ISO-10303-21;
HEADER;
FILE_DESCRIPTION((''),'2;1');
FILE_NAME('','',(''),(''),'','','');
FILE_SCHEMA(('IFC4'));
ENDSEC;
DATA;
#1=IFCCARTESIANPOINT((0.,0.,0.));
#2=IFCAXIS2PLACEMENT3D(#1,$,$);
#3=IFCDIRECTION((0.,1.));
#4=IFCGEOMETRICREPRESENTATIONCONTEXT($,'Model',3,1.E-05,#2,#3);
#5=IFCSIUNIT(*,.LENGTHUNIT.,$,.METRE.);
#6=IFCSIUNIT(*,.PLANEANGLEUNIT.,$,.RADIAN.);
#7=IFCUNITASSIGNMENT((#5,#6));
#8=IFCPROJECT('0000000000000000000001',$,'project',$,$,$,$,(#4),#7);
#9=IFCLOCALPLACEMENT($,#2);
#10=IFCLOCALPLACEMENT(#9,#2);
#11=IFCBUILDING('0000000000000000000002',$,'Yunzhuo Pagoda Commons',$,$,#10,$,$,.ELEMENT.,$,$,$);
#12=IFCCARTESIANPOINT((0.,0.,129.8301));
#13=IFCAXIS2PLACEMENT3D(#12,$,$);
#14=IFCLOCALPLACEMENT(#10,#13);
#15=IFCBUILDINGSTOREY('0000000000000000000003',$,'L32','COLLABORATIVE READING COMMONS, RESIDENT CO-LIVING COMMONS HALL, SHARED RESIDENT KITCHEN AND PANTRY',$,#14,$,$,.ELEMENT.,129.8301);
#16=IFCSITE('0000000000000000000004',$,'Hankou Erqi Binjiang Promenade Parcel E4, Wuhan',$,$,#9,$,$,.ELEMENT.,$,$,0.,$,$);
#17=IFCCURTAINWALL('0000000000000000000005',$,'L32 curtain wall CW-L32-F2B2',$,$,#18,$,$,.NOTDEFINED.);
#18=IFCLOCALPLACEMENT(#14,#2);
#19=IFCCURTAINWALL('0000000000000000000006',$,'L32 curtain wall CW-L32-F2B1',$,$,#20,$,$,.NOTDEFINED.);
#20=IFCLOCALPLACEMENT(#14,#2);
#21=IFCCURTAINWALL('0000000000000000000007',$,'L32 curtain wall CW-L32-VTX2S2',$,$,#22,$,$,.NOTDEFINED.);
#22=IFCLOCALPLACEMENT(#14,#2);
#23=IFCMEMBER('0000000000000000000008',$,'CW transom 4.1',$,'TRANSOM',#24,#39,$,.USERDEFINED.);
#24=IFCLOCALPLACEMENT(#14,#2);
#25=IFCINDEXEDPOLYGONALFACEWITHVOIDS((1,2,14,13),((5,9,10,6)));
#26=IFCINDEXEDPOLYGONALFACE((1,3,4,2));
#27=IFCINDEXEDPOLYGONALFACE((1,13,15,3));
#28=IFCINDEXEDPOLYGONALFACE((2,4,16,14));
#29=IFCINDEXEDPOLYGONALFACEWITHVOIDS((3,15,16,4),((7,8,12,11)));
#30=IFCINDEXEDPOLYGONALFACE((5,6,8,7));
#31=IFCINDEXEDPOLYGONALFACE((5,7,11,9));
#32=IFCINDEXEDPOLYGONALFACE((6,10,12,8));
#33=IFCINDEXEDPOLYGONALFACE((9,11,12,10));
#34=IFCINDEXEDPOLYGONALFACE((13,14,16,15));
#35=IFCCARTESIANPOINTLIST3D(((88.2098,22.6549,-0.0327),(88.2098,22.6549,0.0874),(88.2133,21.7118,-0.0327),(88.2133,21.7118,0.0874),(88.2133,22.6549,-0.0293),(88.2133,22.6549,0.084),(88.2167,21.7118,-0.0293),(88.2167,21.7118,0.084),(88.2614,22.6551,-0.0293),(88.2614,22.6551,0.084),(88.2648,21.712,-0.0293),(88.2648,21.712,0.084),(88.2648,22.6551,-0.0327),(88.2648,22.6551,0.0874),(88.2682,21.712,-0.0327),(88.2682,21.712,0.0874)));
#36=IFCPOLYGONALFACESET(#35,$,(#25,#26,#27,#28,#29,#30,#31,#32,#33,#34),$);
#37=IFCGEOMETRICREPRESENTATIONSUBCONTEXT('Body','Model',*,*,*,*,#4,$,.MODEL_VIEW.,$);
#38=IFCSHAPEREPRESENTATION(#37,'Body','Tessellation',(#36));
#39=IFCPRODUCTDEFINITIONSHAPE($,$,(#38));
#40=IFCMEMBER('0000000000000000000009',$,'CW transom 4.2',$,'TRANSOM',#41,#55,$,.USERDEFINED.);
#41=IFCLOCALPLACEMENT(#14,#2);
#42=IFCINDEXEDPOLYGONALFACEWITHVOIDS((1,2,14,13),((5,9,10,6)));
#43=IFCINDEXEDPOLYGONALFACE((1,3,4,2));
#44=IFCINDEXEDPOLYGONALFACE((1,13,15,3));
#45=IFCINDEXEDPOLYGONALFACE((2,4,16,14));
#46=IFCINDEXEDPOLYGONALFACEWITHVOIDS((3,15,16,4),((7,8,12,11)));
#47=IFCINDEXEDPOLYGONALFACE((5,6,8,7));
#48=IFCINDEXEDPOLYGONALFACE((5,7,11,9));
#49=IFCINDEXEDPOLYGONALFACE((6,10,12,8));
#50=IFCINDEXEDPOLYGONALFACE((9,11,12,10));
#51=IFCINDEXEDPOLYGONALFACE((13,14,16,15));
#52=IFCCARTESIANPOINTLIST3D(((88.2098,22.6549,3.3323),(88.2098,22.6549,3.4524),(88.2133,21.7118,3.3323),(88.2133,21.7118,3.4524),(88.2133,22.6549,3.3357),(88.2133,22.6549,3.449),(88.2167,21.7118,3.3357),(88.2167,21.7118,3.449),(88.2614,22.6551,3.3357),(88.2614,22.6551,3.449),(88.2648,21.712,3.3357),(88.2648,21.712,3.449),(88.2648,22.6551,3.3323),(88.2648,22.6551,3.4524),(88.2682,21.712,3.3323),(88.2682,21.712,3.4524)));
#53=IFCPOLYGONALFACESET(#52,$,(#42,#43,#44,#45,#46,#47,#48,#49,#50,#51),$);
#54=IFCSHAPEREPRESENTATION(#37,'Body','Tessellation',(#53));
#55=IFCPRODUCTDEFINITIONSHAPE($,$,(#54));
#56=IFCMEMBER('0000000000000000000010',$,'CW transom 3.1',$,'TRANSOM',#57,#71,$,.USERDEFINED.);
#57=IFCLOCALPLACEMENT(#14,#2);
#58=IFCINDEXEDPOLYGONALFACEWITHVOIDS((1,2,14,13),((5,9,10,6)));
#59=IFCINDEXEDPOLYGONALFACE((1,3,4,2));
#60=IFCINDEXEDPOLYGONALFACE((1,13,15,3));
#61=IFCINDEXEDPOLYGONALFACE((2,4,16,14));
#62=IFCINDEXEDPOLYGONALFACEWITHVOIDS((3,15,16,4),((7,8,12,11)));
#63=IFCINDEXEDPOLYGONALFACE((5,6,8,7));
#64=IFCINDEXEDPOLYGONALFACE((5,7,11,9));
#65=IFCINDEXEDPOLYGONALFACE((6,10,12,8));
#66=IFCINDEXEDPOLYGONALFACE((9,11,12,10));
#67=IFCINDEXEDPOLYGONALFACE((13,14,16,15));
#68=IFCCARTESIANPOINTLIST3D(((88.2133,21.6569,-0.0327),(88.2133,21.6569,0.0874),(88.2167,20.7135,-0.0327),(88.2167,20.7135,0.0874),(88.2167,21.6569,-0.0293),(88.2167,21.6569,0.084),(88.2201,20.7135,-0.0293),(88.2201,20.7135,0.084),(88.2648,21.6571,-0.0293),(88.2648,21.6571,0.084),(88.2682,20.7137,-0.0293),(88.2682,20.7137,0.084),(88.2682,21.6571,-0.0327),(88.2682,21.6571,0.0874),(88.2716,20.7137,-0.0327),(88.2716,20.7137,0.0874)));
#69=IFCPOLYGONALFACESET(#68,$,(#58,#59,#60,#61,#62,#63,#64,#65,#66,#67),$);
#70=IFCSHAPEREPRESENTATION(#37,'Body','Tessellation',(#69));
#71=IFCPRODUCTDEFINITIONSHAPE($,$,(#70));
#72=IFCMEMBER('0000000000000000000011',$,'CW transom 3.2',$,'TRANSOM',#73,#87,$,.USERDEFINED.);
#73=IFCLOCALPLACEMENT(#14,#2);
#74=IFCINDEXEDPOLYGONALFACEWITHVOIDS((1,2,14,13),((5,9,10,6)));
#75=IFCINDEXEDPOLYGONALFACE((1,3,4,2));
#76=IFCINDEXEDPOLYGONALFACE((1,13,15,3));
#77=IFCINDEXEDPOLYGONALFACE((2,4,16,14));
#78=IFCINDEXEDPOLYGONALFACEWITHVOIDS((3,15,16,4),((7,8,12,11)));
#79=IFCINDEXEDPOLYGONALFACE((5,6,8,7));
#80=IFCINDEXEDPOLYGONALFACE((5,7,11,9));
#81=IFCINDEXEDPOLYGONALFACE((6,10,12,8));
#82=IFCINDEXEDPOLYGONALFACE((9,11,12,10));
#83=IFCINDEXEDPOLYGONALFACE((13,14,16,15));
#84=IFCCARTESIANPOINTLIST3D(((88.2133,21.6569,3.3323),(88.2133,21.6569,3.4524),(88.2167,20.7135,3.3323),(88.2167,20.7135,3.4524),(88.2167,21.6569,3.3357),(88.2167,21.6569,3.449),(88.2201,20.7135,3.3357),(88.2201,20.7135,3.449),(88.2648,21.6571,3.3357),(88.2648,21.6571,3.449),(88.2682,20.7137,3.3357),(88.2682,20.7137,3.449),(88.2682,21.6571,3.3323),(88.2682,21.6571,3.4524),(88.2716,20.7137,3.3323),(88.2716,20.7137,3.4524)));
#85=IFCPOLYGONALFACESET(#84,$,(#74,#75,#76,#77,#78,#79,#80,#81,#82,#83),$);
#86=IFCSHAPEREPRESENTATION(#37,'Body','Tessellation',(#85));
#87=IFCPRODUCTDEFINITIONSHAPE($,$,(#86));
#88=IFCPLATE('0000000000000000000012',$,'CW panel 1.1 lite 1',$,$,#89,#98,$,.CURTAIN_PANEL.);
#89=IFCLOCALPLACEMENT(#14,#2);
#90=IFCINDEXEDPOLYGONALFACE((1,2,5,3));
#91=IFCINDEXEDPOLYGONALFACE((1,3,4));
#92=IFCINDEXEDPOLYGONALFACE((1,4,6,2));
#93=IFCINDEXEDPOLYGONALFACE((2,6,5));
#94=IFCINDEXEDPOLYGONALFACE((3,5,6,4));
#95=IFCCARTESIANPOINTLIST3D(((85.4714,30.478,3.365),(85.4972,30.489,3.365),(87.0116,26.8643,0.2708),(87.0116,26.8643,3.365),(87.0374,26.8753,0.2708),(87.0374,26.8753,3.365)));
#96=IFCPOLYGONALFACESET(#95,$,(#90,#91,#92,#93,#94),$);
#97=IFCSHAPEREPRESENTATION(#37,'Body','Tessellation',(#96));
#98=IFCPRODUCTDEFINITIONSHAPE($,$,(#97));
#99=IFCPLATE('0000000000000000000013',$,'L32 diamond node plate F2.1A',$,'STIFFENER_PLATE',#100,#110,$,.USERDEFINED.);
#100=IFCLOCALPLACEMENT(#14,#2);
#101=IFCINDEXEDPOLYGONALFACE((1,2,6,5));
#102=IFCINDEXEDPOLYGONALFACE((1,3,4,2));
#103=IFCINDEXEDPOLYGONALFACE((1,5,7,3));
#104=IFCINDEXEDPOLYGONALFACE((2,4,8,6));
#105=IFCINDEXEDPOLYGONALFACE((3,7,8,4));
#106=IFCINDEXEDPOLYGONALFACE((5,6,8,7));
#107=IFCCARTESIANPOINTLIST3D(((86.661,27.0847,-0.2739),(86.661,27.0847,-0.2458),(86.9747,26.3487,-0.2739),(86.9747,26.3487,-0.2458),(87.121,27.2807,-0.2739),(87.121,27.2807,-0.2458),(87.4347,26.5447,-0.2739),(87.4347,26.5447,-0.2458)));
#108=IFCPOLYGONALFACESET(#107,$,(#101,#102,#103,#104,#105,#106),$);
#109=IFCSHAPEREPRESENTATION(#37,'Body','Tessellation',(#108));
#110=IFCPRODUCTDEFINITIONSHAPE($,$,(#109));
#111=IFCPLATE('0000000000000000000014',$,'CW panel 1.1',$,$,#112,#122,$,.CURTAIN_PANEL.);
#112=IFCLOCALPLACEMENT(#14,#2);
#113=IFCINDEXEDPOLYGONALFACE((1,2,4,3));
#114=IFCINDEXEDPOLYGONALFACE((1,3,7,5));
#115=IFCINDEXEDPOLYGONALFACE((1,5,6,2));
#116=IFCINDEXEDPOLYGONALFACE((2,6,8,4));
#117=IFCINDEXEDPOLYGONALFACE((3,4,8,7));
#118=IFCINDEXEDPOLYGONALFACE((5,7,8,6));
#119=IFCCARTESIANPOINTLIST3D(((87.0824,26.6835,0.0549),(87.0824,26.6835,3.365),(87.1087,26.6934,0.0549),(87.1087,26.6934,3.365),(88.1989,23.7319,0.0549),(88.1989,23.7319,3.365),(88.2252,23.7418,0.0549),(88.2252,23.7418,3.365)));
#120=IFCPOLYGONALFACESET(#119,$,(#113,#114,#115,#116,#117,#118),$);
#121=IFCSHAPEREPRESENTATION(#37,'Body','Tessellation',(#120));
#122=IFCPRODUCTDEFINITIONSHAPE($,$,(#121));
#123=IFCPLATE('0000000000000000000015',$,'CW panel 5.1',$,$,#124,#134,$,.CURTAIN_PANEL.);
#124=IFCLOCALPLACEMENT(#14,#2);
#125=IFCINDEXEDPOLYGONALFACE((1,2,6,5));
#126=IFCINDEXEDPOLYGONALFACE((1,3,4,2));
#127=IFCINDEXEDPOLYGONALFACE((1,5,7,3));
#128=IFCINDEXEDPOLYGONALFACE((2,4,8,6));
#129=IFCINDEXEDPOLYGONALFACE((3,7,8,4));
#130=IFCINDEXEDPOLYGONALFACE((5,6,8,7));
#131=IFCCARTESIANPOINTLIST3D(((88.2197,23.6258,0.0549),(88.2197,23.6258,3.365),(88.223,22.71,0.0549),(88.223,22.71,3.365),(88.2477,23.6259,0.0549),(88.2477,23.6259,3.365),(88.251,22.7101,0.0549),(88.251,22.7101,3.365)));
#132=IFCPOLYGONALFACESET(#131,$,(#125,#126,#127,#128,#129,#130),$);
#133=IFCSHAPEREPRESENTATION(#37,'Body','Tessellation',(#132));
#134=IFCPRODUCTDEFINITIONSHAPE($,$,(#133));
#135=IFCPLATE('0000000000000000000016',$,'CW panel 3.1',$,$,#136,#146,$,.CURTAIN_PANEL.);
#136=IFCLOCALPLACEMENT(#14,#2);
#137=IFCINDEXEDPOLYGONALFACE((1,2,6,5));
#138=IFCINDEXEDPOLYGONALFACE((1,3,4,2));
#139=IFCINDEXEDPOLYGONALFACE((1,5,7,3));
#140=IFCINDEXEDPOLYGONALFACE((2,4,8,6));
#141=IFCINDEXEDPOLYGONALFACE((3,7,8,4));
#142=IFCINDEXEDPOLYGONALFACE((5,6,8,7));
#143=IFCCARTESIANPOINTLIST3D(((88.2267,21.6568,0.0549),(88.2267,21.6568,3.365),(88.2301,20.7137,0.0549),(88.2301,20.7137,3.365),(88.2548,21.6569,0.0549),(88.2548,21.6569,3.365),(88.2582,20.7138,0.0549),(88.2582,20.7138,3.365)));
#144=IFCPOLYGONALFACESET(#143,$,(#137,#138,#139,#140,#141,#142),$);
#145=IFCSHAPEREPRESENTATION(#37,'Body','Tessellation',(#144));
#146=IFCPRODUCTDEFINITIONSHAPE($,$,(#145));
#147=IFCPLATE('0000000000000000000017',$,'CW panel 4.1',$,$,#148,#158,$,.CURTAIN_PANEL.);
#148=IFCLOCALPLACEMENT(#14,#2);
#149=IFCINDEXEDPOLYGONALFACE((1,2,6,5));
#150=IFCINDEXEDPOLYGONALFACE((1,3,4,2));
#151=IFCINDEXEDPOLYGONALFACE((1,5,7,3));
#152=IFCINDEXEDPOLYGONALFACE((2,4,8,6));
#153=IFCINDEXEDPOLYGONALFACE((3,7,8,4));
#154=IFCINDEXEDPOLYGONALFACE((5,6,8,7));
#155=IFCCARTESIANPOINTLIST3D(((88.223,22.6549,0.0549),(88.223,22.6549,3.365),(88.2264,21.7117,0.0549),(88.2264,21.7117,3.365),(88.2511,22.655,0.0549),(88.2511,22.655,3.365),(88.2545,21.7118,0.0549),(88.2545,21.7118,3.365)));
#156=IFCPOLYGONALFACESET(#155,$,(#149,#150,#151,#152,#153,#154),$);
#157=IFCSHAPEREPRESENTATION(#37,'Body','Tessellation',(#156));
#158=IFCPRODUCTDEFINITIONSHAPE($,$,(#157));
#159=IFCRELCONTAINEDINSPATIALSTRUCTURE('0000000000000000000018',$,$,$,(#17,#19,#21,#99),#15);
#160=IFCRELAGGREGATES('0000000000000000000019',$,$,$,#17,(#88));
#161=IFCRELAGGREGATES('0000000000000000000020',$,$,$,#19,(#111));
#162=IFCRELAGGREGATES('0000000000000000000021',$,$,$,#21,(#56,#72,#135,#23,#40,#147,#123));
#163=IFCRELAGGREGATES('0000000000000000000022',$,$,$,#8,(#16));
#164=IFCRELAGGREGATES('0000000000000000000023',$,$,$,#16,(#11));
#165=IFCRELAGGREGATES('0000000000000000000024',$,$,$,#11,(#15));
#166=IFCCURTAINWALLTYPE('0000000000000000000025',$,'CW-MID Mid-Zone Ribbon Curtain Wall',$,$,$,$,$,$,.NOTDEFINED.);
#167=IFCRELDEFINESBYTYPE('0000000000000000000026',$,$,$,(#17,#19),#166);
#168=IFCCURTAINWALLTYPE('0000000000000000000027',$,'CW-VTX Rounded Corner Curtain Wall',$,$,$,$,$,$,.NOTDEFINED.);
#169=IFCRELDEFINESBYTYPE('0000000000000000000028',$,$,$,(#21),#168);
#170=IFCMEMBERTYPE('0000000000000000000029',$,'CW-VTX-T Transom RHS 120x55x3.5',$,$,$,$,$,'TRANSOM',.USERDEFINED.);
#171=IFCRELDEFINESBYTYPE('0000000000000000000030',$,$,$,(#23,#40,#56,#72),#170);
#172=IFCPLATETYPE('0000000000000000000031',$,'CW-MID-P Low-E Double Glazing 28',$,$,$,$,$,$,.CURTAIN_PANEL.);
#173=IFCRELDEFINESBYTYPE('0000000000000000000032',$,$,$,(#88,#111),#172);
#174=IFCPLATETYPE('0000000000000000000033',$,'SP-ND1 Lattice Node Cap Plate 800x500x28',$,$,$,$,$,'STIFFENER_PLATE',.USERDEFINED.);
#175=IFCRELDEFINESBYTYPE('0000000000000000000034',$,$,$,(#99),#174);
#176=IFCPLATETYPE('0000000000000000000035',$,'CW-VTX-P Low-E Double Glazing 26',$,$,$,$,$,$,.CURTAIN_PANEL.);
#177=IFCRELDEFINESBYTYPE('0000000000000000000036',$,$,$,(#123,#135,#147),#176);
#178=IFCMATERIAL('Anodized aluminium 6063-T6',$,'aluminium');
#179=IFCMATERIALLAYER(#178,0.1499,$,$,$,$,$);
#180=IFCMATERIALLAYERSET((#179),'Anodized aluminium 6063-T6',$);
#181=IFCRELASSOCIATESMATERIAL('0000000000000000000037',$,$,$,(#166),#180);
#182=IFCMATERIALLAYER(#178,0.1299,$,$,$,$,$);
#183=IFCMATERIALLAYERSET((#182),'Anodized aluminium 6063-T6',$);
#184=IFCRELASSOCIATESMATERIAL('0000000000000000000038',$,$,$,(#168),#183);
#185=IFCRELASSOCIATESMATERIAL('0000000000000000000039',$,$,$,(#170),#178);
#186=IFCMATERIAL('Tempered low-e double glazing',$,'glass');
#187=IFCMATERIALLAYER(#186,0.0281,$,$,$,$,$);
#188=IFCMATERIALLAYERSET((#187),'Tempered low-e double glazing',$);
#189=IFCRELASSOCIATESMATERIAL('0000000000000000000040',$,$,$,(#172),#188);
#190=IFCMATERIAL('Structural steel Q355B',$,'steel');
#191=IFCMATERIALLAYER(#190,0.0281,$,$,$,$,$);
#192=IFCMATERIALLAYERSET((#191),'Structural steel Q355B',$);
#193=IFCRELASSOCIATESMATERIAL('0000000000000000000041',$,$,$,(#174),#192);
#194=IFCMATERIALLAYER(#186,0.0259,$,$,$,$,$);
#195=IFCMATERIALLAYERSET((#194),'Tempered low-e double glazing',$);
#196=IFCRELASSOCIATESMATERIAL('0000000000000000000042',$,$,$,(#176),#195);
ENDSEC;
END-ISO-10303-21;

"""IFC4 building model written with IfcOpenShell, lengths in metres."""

from ifc_helpers import new_model, si_unit, direction, frame, origin, origin_2d, place, context, subcontext, project, spatial, polyline, rectangle, hollow_rectangle, outline, extrude, source, transform, mapped, material, layer, layer_set, material_profile, profile_set, type_object, element, aggregate, save


model = new_model("IFC4")

# Units and contexts
model_context = context("Model", 3, precision=1e-05, world=origin(), true_north=direction((0.0, 1.0)))
body_context = subcontext(model_context, "Body", "Model", "MODEL_VIEW")
ifc_project = project(units=[si_unit("LENGTHUNIT", "METRE"), si_unit("PLANEANGLEUNIT", "RADIAN")], contexts=[model_context])

# Site, building, storey
site_placement = place(None, origin())
site = spatial("IfcSite", under=ifc_project, at=site_placement, Name="Hankou Erqi Binjiang Promenade Parcel E4, Wuhan", CompositionType="ELEMENT", RefElevation=0.0)
building_placement = place(site_placement, origin())
building = spatial("IfcBuilding", under=site, at=building_placement, Name="Yunzhuo Pagoda Commons", CompositionType="ELEMENT")
storey_placement = place(building_placement, frame((0.0, 0.0, 129.8301)))
storey = spatial("IfcBuildingStorey", under=building, at=storey_placement, Name="L32", Description="COLLABORATIVE READING COMMONS, RESIDENT CO-LIVING COMMONS HALL, SHARED RESIDENT KITCHEN AND PANTRY", CompositionType="ELEMENT", Elevation=129.8301)

# Shared definitions
ifc_material_1 = material(Name="Structural steel Q355B", Category="steel")

# Curtain wall
ifc_material_2 = material(Name="Anodized aluminium 6063-T6", Category="aluminium")
ifc_layer_1 = layer(ifc_material_2, 0.1499)
ifc_layer_set_1 = layer_set([ifc_layer_1], Name="Anodized aluminium 6063-T6")
curtain_wall_type_1 = type_object("IfcCurtainWallType", Name="CW-MID Mid-Zone Ribbon Curtain Wall", PredefinedType="NOTDEFINED", material=ifc_layer_set_1)
curtain_wall_1_placement = place(storey_placement, origin())
curtain_wall_1 = element("IfcCurtainWall", 1, at=curtain_wall_1_placement, inside=storey, type_object=curtain_wall_type_1, Name="L32 curtain wall CW-L32-F2B2", PredefinedType="NOTDEFINED")

# Curtain wall
curtain_wall_2_placement = place(storey_placement, origin())
curtain_wall_2 = element("IfcCurtainWall", 2, at=curtain_wall_2_placement, inside=storey, type_object=curtain_wall_type_1, Name="L32 curtain wall CW-L32-F2B1", PredefinedType="NOTDEFINED")

# Curtain wall, members
ifc_layer_2 = layer(ifc_material_2, 0.1299)
ifc_layer_set_2 = layer_set([ifc_layer_2], Name="Anodized aluminium 6063-T6")
curtain_wall_type_2 = type_object("IfcCurtainWallType", Name="CW-VTX Rounded Corner Curtain Wall", PredefinedType="NOTDEFINED", material=ifc_layer_set_2)
curtain_wall_3_placement = place(storey_placement, origin())
curtain_wall_3 = element("IfcCurtainWall", 3, at=curtain_wall_3_placement, inside=storey, type_object=curtain_wall_type_2, Name="L32 curtain wall CW-L32-VTX2S2", PredefinedType="NOTDEFINED")
ifc_material_profile_1 = material_profile(ifc_material_2, hollow_rectangle(XDim=0.0549, YDim=0.1201, WallThickness=0.0034, at=origin_2d()), Name="Anodized aluminium 6063-T6")
ifc_profile_set_1 = profile_set([ifc_material_profile_1], Name="Anodized aluminium 6063-T6")
member_type_1 = type_object("IfcMemberType", Name="CW-VTX-T Transom RHS 120x55x3.5", ElementType="TRANSOM", PredefinedType="USERDEFINED", material=ifc_profile_set_1)
shared_shape_1 = source(origin(), body_context, "Body", "SweptSolid", [
    extrude(hollow_rectangle(XDim=0.0549, YDim=0.1201, WallThickness=0.0034, at=origin_2d()), origin(), (0.0, 0.0, 1.0), 0.9431),
])
member_1_placement = place(storey_placement, frame((88.2407, 21.7119, 0.0273), z_axis=(-0.003624, 0.999993, 0.0), x_axis=(-0.999993, -0.003624, 0.0)))
member_1 = element("IfcMember", 4, at=member_1_placement, type_object=member_type_1, Name="CW transom 4.1", ObjectType="TRANSOM", PredefinedType="USERDEFINED", context=body_context, shape_type="MappedRepresentation", body=[
    mapped(shared_shape_1, transform((0.0, 0.0, 0.0), scale=1.0)),
])
member_2_placement = place(storey_placement, frame((88.2407, 21.7119, 3.3923), z_axis=(-0.003624, 0.999993, 0.0), x_axis=(-0.999993, -0.003624, 0.0)))
member_2 = element("IfcMember", 5, at=member_2_placement, type_object=member_type_1, Name="CW transom 4.2", ObjectType="TRANSOM", PredefinedType="USERDEFINED", context=body_context, shape_type="MappedRepresentation", body=[
    mapped(shared_shape_1, transform((0.0, 0.0, 0.0), scale=1.0)),
])
shared_shape_2 = source(origin(), body_context, "Body", "SweptSolid", [
    extrude(hollow_rectangle(XDim=0.0549, YDim=0.1201, WallThickness=0.0034, at=origin_2d()), origin(), (0.0, 0.0, 1.0), 0.9434),
])
member_3_placement = place(storey_placement, frame((88.2441, 20.7136, 0.0273), z_axis=(-0.003623, 0.999993, 0.0), x_axis=(-0.999993, -0.003623, 0.0)))
member_3 = element("IfcMember", 6, at=member_3_placement, type_object=member_type_1, Name="CW transom 3.1", ObjectType="TRANSOM", PredefinedType="USERDEFINED", context=body_context, shape_type="MappedRepresentation", body=[
    mapped(shared_shape_2, transform((0.0, 0.0, 0.0), scale=1.0)),
])
member_4_placement = place(storey_placement, frame((88.2441, 20.7136, 3.3923), z_axis=(-0.003623, 0.999993, 0.0), x_axis=(-0.999993, -0.003623, 0.0)))
member_4 = element("IfcMember", 7, at=member_4_placement, type_object=member_type_1, Name="CW transom 3.2", ObjectType="TRANSOM", PredefinedType="USERDEFINED", context=body_context, shape_type="MappedRepresentation", body=[
    mapped(shared_shape_2, transform((0.0, 0.0, 0.0), scale=1.0)),
])

# Plates
ifc_material_3 = material(Name="Tempered low-e double glazing", Category="glass")
ifc_layer_3 = layer(ifc_material_3, 0.0281)
ifc_layer_set_3 = layer_set([ifc_layer_3], Name="Tempered low-e double glazing")
plate_type_1 = type_object("IfcPlateType", Name="CW-MID-P Low-E Double Glazing 28", PredefinedType="CURTAIN_PANEL", material=ifc_layer_set_3)
plate_1_placement = place(storey_placement, frame((86.2415, 28.6711, 1.8179), z_axis=(0.919928, 0.392087, 0.0), x_axis=(-0.392087, 0.919928, 0.0)))
plate_1 = element("IfcPlate", 8, at=plate_1_placement, type_object=plate_type_1, Name="CW panel 1.1 lite 1", PredefinedType="CURTAIN_PANEL", context=body_context, shape_type="SweptSolid", body=[
    extrude(outline(polyline([(-1.9641, -1.5471), (1.9641, 1.5471), (-1.9641, 1.5471), (-1.9641, -1.5471)])), origin(), (0.0, 0.0, 1.0), 0.0281),
])
aggregate(curtain_wall_1, [plate_1])
ifc_layer_4 = layer(ifc_material_1, 0.0281)
ifc_layer_set_4 = layer_set([ifc_layer_4], Name="Structural steel Q355B")
plate_type_2 = type_object("IfcPlateType", Name="SP-ND1 Lattice Node Cap Plate 800x500x28", ElementType="STIFFENER_PLATE", PredefinedType="USERDEFINED", material=ifc_layer_set_4)
shared_shape_3 = source(origin(), body_context, "Body", "SweptSolid", [
    extrude(rectangle(XDim=0.8, YDim=0.5, at=origin_2d()), origin(), (0.0, 0.0, 1.0), 0.0281),
])
plate_2_placement = place(storey_placement, frame((87.0479, 26.8147, -0.2739), z_axis=(0.0, 0.0, 1.0), x_axis=(-0.39208, 0.919931, 0.0)))
element("IfcPlate", 9, at=plate_2_placement, inside=storey, type_object=plate_type_2, Name="L32 diamond node plate F2.1A", ObjectType="STIFFENER_PLATE", PredefinedType="USERDEFINED", context=body_context, shape_type="MappedRepresentation", body=[
    mapped(shared_shape_3, transform((0.0, 0.0, 0.0), scale=1.0)),
])
shared_shape_4 = source(origin(), body_context, "Body", "SweptSolid", [
    extrude(rectangle(XDim=3.1558, YDim=0.0281, at=origin_2d()), origin(), (0.0, 0.0, 1.0), 3.3101),
])
plate_3_placement = place(storey_placement, frame((87.6538, 25.2126, 0.0549), z_axis=(0.0, 0.0, 1.0), x_axis=(-0.353798, 0.935322, 0.0)))
plate_3 = element("IfcPlate", 10, at=plate_3_placement, type_object=plate_type_1, Name="CW panel 1.1", PredefinedType="CURTAIN_PANEL", context=body_context, shape_type="MappedRepresentation", body=[
    mapped(shared_shape_4, transform((0.0, 0.0, 0.0), scale=1.0)),
])
aggregate(curtain_wall_2, [plate_3])
ifc_layer_5 = layer(ifc_material_3, 0.0259)
ifc_layer_set_5 = layer_set([ifc_layer_5], Name="Tempered low-e double glazing")
plate_type_3 = type_object("IfcPlateType", Name="CW-VTX-P Low-E Double Glazing 26", PredefinedType="CURTAIN_PANEL", material=ifc_layer_set_5)
shared_shape_5 = source(origin(), body_context, "Body", "SweptSolid", [
    extrude(rectangle(XDim=0.9158, YDim=0.0281, at=origin_2d()), origin(), (0.0, 0.0, 1.0), 3.3101),
])
plate_4_placement = place(storey_placement, frame((88.2354, 23.168, 0.0549), z_axis=(0.0, 0.0, 1.0), x_axis=(-0.003587, 0.999994, 0.0)))
plate_4 = element("IfcPlate", 11, at=plate_4_placement, type_object=plate_type_3, Name="CW panel 5.1", PredefinedType="CURTAIN_PANEL", context=body_context, shape_type="MappedRepresentation", body=[
    mapped(shared_shape_5, transform((0.0, 0.0, 0.0), scale=1.0)),
])
shared_shape_6 = source(origin(), body_context, "Body", "SweptSolid", [
    extrude(rectangle(XDim=0.9431, YDim=0.0281, at=origin_2d()), origin(), (0.0, 0.0, 1.0), 3.3101),
])
plate_5_placement = place(storey_placement, frame((88.2424, 21.1853, 0.0549), z_axis=(0.0, 0.0, 1.0), x_axis=(-0.003587, 0.999994, 0.0)))
plate_5 = element("IfcPlate", 12, at=plate_5_placement, type_object=plate_type_3, Name="CW panel 3.1", PredefinedType="CURTAIN_PANEL", context=body_context, shape_type="MappedRepresentation", body=[
    mapped(shared_shape_6, transform((0.0, 0.0, 0.0), scale=1.0)),
])
plate_6_placement = place(storey_placement, frame((88.2388, 22.1833, 0.0549), z_axis=(0.0, 0.0, 1.0), x_axis=(-0.003587, 0.999994, 0.0)))
plate_6 = element("IfcPlate", 13, at=plate_6_placement, type_object=plate_type_3, Name="CW panel 4.1", PredefinedType="CURTAIN_PANEL", context=body_context, shape_type="MappedRepresentation", body=[
    mapped(shared_shape_6, transform((0.0, 0.0, 0.0), scale=1.0)),
])
aggregate(curtain_wall_3, [member_3, member_4, plate_5, member_1, member_2, plate_6, plate_4])

save(model, "model.ifc")
